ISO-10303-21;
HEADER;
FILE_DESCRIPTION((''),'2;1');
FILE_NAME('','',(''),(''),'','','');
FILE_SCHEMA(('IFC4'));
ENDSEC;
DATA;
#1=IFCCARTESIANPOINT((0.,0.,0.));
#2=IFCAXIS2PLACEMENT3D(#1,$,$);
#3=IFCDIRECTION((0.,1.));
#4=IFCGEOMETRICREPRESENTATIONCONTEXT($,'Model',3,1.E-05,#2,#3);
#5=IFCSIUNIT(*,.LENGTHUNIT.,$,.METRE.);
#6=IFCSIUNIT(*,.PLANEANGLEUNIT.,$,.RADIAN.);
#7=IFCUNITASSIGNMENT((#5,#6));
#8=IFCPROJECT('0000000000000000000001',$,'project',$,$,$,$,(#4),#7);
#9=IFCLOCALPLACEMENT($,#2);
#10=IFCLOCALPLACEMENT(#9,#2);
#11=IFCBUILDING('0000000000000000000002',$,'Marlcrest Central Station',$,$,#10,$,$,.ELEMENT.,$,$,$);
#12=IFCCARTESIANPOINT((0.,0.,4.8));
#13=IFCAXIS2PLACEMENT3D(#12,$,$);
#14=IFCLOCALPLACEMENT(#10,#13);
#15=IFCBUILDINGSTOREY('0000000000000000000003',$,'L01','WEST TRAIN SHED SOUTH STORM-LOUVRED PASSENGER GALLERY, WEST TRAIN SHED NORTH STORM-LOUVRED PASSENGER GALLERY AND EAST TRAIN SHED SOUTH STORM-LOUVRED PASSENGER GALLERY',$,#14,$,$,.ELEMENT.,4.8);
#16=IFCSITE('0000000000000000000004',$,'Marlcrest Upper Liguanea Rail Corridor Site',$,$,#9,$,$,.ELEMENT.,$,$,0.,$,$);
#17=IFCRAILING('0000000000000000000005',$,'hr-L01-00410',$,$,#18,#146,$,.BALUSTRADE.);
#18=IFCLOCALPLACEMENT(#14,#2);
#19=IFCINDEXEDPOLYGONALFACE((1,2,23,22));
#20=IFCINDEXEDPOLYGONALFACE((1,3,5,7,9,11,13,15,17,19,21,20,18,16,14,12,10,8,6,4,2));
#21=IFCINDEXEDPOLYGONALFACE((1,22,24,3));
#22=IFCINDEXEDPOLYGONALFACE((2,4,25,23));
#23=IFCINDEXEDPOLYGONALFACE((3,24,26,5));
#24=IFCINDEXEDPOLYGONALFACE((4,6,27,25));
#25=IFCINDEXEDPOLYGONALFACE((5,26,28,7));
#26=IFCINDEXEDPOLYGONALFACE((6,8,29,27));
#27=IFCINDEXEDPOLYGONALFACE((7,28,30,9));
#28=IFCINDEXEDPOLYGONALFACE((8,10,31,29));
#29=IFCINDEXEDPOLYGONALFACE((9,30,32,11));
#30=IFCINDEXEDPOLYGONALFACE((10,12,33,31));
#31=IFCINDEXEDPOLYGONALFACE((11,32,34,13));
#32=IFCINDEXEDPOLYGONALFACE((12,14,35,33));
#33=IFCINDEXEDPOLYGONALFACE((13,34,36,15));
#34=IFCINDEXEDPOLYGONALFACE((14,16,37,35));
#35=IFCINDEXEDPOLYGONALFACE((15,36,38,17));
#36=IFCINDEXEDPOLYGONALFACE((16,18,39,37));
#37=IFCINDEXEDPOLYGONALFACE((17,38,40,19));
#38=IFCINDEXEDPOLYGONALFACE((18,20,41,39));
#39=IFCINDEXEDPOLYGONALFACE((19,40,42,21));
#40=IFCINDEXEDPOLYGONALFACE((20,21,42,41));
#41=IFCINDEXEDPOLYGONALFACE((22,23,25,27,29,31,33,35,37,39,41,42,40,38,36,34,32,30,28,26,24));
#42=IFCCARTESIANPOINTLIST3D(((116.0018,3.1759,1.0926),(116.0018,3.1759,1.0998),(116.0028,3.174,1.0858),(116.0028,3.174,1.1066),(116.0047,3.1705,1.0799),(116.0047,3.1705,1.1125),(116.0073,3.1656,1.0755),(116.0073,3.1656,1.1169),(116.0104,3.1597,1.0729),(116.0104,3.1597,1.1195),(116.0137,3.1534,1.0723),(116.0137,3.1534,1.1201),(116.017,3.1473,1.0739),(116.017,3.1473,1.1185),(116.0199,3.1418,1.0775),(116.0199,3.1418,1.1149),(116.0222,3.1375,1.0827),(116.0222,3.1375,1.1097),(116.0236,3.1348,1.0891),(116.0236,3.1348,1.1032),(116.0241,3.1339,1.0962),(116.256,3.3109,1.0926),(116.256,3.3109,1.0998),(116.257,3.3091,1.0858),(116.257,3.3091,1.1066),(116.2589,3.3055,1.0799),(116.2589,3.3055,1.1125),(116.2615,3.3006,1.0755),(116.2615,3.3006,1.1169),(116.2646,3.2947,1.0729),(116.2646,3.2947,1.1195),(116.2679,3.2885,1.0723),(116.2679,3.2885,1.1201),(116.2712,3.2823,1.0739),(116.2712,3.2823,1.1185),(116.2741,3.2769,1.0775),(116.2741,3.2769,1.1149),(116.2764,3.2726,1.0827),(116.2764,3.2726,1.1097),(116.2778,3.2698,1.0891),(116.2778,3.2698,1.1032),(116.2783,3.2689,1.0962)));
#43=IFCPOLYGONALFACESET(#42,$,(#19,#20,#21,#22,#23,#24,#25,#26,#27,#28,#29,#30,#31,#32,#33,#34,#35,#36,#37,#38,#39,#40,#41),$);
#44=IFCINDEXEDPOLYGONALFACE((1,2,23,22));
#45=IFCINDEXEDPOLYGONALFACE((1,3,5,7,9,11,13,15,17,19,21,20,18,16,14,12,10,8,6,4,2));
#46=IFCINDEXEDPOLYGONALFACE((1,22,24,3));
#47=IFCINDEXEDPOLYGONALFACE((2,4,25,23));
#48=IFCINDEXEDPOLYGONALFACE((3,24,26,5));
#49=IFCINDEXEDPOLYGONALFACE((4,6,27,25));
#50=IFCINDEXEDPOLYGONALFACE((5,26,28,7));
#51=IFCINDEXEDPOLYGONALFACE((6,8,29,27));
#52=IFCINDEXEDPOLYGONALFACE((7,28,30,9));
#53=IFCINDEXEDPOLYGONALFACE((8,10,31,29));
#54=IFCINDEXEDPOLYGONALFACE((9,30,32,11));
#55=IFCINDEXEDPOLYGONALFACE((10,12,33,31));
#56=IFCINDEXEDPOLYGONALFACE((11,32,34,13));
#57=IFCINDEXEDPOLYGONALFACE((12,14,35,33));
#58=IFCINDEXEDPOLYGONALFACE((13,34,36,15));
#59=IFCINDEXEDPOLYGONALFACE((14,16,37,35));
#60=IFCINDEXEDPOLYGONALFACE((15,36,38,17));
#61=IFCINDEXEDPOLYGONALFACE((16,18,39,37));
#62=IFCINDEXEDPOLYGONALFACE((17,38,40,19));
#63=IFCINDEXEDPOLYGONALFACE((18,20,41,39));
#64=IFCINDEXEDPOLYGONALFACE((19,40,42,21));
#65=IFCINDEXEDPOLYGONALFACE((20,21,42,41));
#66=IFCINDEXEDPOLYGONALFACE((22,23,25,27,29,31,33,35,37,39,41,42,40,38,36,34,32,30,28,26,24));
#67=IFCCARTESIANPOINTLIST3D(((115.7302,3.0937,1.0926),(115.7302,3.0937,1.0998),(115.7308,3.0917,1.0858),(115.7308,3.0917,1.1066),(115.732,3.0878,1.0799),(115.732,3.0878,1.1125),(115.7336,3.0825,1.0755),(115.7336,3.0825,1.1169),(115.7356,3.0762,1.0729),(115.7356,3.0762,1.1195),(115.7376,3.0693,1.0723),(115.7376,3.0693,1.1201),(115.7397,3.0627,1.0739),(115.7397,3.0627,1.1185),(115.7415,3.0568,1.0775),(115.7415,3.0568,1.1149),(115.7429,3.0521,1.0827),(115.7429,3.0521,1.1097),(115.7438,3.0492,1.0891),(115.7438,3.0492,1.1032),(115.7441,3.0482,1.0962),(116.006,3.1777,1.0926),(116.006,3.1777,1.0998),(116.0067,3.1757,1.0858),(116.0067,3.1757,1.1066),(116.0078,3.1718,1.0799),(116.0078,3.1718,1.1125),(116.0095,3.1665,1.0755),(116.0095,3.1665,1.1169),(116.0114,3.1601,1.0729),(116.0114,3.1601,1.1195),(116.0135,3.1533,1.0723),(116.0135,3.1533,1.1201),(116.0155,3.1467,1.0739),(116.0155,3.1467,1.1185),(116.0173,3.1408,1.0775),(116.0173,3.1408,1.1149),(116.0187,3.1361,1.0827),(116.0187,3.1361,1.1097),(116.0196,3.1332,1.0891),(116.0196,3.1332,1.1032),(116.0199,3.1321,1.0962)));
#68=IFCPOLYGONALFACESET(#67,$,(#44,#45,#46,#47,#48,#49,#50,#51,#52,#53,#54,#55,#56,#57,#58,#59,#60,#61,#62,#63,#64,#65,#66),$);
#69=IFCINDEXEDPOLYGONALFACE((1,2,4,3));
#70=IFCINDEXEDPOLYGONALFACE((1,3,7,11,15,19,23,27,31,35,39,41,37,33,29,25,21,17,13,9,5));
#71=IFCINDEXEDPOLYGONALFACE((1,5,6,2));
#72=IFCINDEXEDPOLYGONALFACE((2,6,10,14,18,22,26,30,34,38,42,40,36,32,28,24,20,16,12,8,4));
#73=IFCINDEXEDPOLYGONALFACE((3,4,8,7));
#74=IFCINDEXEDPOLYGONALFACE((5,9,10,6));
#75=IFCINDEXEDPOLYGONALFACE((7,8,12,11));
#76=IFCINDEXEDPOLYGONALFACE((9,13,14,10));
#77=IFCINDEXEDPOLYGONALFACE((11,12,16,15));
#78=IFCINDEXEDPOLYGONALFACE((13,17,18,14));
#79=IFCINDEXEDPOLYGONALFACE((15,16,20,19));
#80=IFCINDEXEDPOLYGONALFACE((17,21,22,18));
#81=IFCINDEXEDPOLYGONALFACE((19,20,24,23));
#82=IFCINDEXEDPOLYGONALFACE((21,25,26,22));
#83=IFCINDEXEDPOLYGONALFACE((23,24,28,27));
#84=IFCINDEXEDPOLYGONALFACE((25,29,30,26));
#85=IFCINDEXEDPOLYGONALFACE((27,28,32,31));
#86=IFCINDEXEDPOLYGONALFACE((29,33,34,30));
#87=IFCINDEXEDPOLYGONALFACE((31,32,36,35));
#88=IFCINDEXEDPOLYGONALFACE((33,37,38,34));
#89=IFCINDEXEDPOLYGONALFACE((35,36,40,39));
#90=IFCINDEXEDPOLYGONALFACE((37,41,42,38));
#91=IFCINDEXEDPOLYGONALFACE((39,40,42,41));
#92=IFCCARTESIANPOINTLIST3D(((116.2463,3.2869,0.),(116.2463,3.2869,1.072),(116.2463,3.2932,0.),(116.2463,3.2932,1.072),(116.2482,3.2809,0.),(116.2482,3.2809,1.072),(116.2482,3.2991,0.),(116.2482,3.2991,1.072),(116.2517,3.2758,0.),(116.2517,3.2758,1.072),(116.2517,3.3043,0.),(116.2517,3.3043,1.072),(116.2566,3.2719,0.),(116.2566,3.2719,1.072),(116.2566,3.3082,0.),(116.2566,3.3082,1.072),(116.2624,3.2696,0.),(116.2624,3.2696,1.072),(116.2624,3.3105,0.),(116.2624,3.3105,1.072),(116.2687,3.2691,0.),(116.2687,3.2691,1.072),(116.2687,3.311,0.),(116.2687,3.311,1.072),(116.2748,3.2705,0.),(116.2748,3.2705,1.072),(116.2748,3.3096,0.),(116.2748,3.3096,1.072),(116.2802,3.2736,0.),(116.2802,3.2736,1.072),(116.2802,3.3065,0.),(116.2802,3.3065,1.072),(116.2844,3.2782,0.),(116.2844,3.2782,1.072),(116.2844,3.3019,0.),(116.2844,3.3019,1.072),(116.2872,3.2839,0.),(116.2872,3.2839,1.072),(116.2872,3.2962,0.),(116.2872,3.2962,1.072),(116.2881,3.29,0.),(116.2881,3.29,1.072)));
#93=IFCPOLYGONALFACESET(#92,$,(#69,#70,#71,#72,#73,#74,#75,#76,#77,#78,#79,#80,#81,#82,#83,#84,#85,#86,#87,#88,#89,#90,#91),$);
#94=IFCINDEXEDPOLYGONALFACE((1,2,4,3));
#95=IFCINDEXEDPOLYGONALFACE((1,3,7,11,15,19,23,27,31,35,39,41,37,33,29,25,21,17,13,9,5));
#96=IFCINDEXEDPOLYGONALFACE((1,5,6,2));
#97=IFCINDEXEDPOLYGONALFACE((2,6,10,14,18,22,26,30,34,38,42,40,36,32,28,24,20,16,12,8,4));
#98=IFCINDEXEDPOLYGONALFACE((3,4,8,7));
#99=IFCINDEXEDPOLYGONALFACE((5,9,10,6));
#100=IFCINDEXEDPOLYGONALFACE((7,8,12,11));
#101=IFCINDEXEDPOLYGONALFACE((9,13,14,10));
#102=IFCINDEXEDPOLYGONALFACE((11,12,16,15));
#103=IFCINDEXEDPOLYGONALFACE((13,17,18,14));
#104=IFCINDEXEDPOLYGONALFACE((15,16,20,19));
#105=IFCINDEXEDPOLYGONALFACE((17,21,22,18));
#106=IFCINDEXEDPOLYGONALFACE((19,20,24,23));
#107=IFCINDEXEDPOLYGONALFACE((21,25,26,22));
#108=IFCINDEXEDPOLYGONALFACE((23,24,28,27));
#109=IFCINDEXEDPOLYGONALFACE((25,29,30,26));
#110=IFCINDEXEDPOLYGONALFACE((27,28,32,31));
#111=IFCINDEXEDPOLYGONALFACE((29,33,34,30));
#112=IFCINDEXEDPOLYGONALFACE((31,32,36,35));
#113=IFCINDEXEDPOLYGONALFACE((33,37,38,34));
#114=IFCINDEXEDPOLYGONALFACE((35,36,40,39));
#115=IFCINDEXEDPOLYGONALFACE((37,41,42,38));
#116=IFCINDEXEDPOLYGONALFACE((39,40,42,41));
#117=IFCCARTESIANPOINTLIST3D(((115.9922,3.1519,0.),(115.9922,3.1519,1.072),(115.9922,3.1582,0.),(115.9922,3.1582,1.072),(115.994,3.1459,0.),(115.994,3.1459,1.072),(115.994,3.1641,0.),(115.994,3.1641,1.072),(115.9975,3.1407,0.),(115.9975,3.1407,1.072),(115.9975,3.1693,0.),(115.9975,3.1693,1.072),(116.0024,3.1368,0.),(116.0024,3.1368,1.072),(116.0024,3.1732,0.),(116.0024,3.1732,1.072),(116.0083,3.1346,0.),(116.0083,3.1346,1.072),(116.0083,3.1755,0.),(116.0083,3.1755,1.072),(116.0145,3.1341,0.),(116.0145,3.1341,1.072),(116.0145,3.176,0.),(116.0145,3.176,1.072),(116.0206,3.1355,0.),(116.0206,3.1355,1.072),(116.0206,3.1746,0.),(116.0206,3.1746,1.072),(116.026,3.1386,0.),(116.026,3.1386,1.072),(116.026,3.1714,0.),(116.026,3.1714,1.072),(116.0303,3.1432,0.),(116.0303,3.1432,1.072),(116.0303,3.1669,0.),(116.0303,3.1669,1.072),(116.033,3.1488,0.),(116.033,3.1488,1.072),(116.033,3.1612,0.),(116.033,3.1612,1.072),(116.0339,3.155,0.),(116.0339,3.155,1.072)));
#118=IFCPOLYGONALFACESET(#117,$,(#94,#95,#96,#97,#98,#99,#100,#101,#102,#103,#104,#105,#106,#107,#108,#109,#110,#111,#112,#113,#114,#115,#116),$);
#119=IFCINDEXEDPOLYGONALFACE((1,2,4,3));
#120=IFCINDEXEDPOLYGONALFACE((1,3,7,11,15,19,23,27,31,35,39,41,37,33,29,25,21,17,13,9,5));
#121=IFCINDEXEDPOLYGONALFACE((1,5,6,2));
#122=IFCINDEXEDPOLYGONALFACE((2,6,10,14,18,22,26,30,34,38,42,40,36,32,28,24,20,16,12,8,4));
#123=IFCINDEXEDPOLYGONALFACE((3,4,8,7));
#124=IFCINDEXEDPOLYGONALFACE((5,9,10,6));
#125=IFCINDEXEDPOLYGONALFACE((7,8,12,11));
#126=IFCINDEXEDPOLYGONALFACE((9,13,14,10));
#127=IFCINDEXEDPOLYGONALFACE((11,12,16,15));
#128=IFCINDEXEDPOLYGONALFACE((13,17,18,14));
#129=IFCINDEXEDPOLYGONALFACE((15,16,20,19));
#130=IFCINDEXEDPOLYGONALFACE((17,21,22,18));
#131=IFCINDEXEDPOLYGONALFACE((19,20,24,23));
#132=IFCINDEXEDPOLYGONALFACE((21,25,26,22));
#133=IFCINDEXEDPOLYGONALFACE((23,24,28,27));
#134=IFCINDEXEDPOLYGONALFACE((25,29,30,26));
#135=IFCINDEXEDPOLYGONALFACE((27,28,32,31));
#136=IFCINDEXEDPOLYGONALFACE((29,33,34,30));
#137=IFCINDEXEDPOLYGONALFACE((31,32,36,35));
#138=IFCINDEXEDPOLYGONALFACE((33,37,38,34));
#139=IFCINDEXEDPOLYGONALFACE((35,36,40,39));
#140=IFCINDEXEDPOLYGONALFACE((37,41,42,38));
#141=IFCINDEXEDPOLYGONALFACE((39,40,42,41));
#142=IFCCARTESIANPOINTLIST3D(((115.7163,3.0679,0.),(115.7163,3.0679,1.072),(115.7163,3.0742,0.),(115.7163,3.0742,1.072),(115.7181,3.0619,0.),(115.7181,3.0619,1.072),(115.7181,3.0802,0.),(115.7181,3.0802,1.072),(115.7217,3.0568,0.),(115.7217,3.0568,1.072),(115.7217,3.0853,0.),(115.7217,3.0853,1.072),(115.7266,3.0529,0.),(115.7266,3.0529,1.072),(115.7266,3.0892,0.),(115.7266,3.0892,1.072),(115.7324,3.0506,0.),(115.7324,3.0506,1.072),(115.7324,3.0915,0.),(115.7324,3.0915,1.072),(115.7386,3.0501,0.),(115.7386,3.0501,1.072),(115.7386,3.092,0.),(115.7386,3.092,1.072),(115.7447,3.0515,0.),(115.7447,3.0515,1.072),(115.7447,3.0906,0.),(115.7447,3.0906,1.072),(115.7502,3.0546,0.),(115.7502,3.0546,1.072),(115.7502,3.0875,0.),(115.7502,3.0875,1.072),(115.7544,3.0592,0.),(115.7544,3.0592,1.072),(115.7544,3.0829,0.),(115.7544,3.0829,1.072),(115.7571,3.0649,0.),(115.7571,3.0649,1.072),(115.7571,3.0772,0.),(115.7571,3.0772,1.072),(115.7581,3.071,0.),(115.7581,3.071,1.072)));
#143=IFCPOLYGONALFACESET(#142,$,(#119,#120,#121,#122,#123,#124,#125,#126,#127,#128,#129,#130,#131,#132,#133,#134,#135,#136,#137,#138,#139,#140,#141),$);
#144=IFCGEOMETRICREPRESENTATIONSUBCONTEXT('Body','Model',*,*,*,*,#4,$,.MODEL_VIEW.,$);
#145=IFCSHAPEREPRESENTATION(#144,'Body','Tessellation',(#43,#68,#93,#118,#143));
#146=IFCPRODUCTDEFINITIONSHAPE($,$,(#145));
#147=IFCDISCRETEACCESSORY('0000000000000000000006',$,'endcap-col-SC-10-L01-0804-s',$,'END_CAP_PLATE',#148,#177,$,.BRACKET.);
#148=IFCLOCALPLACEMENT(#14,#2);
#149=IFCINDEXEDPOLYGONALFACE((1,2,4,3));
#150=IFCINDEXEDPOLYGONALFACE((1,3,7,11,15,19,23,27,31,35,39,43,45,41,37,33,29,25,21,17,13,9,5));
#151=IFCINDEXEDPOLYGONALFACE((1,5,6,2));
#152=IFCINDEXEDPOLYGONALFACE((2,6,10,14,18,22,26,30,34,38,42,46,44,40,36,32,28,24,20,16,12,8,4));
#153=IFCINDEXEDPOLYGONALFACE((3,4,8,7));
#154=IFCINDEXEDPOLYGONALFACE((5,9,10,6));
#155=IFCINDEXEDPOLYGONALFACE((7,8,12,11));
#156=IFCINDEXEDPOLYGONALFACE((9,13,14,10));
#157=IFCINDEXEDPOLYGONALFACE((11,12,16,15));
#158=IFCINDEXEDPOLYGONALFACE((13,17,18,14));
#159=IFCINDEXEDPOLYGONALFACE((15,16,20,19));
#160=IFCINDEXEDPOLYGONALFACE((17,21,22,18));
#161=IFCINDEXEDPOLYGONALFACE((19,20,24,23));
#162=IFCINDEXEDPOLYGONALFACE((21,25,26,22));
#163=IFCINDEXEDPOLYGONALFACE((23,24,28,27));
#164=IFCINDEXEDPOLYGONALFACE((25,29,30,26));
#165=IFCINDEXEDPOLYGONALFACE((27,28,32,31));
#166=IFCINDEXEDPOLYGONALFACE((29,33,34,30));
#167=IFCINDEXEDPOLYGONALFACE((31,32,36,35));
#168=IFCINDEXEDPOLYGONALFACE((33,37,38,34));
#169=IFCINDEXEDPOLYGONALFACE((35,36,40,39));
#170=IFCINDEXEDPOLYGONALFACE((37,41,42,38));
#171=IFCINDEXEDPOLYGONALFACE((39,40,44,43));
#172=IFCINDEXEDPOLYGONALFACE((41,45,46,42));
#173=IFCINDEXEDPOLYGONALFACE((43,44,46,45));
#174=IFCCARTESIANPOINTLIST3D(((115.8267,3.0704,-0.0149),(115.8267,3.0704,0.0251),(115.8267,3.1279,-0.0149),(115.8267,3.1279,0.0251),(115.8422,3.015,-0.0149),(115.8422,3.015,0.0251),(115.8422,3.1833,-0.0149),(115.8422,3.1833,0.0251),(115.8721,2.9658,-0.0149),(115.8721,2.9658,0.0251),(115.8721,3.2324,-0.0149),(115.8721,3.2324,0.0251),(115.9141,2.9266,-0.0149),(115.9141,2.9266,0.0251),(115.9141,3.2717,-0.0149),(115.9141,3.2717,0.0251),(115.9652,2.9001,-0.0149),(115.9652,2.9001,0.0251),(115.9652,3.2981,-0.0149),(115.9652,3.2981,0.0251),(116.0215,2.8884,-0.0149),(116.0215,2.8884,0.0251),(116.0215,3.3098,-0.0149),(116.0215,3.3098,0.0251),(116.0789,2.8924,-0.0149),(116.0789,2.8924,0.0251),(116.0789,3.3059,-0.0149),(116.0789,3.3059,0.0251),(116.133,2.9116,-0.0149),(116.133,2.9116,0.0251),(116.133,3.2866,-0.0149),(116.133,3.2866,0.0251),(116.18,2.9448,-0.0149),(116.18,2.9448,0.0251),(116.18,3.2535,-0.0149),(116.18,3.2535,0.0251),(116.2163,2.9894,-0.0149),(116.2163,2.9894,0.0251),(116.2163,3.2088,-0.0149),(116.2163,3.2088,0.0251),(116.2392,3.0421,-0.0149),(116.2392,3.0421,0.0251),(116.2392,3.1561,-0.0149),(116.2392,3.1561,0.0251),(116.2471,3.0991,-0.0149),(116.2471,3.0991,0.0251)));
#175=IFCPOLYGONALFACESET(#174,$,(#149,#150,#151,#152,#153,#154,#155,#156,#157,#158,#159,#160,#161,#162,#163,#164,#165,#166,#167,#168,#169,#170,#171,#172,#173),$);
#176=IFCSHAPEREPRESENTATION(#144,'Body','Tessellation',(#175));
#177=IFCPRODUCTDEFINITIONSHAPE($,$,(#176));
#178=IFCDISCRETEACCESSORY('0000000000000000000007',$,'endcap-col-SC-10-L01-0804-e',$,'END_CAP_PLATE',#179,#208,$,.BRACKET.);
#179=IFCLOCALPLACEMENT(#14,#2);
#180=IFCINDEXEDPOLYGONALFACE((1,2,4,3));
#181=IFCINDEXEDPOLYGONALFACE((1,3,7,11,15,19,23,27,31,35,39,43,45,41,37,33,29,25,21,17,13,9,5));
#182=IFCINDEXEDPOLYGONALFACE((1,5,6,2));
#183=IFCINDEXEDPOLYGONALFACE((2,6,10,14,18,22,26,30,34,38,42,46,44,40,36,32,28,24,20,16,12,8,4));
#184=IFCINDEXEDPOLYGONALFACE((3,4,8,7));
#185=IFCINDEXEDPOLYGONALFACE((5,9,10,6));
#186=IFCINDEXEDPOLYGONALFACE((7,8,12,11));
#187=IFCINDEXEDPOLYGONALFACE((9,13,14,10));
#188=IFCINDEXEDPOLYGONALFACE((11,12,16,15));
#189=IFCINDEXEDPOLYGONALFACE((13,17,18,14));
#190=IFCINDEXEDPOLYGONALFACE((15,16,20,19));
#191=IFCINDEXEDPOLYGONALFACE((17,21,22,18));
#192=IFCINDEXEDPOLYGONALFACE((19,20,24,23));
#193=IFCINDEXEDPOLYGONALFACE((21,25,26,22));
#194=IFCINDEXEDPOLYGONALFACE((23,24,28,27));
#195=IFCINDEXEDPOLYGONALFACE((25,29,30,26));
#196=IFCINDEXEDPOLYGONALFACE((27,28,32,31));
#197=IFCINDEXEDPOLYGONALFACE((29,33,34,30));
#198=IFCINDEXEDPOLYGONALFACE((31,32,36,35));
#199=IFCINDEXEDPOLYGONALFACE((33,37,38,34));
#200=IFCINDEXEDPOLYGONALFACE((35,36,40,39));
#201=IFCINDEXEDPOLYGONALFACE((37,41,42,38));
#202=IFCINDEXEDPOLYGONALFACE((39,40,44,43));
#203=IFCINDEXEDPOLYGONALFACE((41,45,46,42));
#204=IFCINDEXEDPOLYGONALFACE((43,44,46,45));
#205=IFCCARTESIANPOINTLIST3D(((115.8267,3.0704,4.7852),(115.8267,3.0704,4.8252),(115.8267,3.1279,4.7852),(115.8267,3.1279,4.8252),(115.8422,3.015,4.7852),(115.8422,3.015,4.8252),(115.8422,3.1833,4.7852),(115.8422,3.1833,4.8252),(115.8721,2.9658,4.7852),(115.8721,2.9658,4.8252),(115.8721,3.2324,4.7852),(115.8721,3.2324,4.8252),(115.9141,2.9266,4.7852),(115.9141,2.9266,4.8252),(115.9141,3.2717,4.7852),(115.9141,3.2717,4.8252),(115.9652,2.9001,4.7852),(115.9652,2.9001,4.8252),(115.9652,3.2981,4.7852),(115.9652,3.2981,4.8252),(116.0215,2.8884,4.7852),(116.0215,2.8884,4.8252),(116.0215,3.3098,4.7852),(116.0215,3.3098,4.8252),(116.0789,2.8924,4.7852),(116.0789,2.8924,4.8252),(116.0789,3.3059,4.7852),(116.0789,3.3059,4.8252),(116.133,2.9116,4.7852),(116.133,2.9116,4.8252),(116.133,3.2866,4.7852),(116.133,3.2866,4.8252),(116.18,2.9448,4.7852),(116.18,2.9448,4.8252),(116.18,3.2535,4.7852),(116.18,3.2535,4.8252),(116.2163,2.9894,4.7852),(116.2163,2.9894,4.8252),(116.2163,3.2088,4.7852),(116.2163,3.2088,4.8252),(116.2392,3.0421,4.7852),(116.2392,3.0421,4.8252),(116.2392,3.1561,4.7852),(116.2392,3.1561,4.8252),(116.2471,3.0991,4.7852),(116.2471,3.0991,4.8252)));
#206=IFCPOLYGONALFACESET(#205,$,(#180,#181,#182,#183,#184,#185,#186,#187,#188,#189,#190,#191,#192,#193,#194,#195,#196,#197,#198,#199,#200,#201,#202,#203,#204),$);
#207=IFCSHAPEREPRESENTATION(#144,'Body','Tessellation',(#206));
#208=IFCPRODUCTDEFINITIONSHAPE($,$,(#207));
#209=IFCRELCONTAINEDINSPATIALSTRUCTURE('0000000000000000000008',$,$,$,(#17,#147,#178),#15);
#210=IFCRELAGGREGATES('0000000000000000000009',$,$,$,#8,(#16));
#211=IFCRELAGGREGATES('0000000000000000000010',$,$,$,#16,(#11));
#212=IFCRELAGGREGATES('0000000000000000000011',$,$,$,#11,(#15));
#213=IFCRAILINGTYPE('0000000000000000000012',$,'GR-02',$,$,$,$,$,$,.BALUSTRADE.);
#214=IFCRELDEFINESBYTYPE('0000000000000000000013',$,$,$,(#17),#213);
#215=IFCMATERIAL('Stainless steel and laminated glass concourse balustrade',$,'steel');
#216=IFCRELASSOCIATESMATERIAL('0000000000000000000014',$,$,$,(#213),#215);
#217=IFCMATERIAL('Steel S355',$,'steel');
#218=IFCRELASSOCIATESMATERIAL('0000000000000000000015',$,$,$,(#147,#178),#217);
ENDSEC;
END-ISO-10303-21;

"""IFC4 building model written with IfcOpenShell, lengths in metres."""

from ifc_helpers import new_model, si_unit, direction, frame, origin, origin_2d, place, context, subcontext, project, spatial, circle, extrude, material, type_object, element, save


model = new_model("IFC4")

# Units and contexts
model_context = context("Model", 3, precision=1e-05, world=origin(), true_north=direction((0.0, 1.0)))
body_context = subcontext(model_context, "Body", "Model", "MODEL_VIEW")
ifc_project = project(units=[si_unit("LENGTHUNIT", "METRE"), si_unit("PLANEANGLEUNIT", "RADIAN")], contexts=[model_context])

# Site, building, storey
site_placement = place(None, origin())
site = spatial("IfcSite", under=ifc_project, at=site_placement, Name="Marlcrest Upper Liguanea Rail Corridor Site", CompositionType="ELEMENT", RefElevation=0.0)
building_placement = place(site_placement, origin())
building = spatial("IfcBuilding", under=site, at=building_placement, Name="Marlcrest Central Station", CompositionType="ELEMENT")
storey_placement = place(building_placement, frame((0.0, 0.0, 4.8)))
storey = spatial("IfcBuildingStorey", under=building, at=storey_placement, Name="L01", Description="WEST TRAIN SHED SOUTH STORM-LOUVRED PASSENGER GALLERY, WEST TRAIN SHED NORTH STORM-LOUVRED PASSENGER GALLERY AND EAST TRAIN SHED SOUTH STORM-LOUVRED PASSENGER GALLERY", CompositionType="ELEMENT", Elevation=4.8)

# Shared definitions
ifc_material_1 = material(Name="Steel S355", Category="steel")

# Railing
ifc_material_2 = material(Name="Stainless steel and laminated glass concourse balustrade", Category="steel")
railing_type = type_object("IfcRailingType", Name="GR-02", PredefinedType="BALUSTRADE", material=ifc_material_2)
railing_1_placement = place(storey_placement, frame((116.2671, 3.29, 0.0)))
element("IfcRailing", 1, at=railing_1_placement, inside=storey, type_object=railing_type, Name="hr-L01-00410", PredefinedType="BALUSTRADE", context=body_context, shape_type="SweptSolid", body=[
    extrude(circle(Radius=0.0239, at=origin_2d()), frame((0.0, 0.0, 1.0962), z_axis=(-0.883127, -0.469135, 0.0), x_axis=(0.469135, -0.883127, 0.0)), (0.0, 0.0, 1.0), 0.2878),
    extrude(circle(Radius=0.0239, at=origin_2d()), frame((-0.2542, -0.135, 1.0962), z_axis=(-0.956653, -0.291229, 0.0), x_axis=(0.291229, -0.956653, 0.0)), (0.0, 0.0, 1.0), 0.2883),
    extrude(circle(Radius=0.021, at=origin_2d()), origin(), (0.0, 0.0, 1.0), 1.072),
    extrude(circle(Radius=0.021, at=origin_2d()), frame((-0.2542, -0.135, 0.0)), (0.0, 0.0, 1.0), 1.072),
    extrude(circle(Radius=0.021, at=origin_2d()), frame((-0.53, -0.219, 0.0)), (0.0, 0.0, 1.0), 1.072),
])

# Discrete accessories
for number, where, z_axis, x_axis, name in (
    (2, (116.0359, 3.0991, -0.0149), (0.0, 0.0, 1.0), (1.0, 0.0, 0.0), "endcap-col-SC-10-L01-0804-s"),
    (3, (116.0359, 3.0991, 4.7852), (0.0, 0.0, 1.0), (1.0, 0.0, 0.0), "endcap-col-SC-10-L01-0804-e"),
):
    element("IfcDiscreteAccessory", number, at=place(storey_placement, frame(where, z_axis=z_axis, x_axis=x_axis)), inside=storey, material=ifc_material_1, Name=name, ObjectType="END_CAP_PLATE", PredefinedType="BRACKET", context=body_context, shape_type="SweptSolid", body=[
        extrude(circle(Radius=0.2112, at=origin_2d()), origin(), (0.0, 0.0, 1.0), 0.04),
    ])

save(model, "model.ifc")
